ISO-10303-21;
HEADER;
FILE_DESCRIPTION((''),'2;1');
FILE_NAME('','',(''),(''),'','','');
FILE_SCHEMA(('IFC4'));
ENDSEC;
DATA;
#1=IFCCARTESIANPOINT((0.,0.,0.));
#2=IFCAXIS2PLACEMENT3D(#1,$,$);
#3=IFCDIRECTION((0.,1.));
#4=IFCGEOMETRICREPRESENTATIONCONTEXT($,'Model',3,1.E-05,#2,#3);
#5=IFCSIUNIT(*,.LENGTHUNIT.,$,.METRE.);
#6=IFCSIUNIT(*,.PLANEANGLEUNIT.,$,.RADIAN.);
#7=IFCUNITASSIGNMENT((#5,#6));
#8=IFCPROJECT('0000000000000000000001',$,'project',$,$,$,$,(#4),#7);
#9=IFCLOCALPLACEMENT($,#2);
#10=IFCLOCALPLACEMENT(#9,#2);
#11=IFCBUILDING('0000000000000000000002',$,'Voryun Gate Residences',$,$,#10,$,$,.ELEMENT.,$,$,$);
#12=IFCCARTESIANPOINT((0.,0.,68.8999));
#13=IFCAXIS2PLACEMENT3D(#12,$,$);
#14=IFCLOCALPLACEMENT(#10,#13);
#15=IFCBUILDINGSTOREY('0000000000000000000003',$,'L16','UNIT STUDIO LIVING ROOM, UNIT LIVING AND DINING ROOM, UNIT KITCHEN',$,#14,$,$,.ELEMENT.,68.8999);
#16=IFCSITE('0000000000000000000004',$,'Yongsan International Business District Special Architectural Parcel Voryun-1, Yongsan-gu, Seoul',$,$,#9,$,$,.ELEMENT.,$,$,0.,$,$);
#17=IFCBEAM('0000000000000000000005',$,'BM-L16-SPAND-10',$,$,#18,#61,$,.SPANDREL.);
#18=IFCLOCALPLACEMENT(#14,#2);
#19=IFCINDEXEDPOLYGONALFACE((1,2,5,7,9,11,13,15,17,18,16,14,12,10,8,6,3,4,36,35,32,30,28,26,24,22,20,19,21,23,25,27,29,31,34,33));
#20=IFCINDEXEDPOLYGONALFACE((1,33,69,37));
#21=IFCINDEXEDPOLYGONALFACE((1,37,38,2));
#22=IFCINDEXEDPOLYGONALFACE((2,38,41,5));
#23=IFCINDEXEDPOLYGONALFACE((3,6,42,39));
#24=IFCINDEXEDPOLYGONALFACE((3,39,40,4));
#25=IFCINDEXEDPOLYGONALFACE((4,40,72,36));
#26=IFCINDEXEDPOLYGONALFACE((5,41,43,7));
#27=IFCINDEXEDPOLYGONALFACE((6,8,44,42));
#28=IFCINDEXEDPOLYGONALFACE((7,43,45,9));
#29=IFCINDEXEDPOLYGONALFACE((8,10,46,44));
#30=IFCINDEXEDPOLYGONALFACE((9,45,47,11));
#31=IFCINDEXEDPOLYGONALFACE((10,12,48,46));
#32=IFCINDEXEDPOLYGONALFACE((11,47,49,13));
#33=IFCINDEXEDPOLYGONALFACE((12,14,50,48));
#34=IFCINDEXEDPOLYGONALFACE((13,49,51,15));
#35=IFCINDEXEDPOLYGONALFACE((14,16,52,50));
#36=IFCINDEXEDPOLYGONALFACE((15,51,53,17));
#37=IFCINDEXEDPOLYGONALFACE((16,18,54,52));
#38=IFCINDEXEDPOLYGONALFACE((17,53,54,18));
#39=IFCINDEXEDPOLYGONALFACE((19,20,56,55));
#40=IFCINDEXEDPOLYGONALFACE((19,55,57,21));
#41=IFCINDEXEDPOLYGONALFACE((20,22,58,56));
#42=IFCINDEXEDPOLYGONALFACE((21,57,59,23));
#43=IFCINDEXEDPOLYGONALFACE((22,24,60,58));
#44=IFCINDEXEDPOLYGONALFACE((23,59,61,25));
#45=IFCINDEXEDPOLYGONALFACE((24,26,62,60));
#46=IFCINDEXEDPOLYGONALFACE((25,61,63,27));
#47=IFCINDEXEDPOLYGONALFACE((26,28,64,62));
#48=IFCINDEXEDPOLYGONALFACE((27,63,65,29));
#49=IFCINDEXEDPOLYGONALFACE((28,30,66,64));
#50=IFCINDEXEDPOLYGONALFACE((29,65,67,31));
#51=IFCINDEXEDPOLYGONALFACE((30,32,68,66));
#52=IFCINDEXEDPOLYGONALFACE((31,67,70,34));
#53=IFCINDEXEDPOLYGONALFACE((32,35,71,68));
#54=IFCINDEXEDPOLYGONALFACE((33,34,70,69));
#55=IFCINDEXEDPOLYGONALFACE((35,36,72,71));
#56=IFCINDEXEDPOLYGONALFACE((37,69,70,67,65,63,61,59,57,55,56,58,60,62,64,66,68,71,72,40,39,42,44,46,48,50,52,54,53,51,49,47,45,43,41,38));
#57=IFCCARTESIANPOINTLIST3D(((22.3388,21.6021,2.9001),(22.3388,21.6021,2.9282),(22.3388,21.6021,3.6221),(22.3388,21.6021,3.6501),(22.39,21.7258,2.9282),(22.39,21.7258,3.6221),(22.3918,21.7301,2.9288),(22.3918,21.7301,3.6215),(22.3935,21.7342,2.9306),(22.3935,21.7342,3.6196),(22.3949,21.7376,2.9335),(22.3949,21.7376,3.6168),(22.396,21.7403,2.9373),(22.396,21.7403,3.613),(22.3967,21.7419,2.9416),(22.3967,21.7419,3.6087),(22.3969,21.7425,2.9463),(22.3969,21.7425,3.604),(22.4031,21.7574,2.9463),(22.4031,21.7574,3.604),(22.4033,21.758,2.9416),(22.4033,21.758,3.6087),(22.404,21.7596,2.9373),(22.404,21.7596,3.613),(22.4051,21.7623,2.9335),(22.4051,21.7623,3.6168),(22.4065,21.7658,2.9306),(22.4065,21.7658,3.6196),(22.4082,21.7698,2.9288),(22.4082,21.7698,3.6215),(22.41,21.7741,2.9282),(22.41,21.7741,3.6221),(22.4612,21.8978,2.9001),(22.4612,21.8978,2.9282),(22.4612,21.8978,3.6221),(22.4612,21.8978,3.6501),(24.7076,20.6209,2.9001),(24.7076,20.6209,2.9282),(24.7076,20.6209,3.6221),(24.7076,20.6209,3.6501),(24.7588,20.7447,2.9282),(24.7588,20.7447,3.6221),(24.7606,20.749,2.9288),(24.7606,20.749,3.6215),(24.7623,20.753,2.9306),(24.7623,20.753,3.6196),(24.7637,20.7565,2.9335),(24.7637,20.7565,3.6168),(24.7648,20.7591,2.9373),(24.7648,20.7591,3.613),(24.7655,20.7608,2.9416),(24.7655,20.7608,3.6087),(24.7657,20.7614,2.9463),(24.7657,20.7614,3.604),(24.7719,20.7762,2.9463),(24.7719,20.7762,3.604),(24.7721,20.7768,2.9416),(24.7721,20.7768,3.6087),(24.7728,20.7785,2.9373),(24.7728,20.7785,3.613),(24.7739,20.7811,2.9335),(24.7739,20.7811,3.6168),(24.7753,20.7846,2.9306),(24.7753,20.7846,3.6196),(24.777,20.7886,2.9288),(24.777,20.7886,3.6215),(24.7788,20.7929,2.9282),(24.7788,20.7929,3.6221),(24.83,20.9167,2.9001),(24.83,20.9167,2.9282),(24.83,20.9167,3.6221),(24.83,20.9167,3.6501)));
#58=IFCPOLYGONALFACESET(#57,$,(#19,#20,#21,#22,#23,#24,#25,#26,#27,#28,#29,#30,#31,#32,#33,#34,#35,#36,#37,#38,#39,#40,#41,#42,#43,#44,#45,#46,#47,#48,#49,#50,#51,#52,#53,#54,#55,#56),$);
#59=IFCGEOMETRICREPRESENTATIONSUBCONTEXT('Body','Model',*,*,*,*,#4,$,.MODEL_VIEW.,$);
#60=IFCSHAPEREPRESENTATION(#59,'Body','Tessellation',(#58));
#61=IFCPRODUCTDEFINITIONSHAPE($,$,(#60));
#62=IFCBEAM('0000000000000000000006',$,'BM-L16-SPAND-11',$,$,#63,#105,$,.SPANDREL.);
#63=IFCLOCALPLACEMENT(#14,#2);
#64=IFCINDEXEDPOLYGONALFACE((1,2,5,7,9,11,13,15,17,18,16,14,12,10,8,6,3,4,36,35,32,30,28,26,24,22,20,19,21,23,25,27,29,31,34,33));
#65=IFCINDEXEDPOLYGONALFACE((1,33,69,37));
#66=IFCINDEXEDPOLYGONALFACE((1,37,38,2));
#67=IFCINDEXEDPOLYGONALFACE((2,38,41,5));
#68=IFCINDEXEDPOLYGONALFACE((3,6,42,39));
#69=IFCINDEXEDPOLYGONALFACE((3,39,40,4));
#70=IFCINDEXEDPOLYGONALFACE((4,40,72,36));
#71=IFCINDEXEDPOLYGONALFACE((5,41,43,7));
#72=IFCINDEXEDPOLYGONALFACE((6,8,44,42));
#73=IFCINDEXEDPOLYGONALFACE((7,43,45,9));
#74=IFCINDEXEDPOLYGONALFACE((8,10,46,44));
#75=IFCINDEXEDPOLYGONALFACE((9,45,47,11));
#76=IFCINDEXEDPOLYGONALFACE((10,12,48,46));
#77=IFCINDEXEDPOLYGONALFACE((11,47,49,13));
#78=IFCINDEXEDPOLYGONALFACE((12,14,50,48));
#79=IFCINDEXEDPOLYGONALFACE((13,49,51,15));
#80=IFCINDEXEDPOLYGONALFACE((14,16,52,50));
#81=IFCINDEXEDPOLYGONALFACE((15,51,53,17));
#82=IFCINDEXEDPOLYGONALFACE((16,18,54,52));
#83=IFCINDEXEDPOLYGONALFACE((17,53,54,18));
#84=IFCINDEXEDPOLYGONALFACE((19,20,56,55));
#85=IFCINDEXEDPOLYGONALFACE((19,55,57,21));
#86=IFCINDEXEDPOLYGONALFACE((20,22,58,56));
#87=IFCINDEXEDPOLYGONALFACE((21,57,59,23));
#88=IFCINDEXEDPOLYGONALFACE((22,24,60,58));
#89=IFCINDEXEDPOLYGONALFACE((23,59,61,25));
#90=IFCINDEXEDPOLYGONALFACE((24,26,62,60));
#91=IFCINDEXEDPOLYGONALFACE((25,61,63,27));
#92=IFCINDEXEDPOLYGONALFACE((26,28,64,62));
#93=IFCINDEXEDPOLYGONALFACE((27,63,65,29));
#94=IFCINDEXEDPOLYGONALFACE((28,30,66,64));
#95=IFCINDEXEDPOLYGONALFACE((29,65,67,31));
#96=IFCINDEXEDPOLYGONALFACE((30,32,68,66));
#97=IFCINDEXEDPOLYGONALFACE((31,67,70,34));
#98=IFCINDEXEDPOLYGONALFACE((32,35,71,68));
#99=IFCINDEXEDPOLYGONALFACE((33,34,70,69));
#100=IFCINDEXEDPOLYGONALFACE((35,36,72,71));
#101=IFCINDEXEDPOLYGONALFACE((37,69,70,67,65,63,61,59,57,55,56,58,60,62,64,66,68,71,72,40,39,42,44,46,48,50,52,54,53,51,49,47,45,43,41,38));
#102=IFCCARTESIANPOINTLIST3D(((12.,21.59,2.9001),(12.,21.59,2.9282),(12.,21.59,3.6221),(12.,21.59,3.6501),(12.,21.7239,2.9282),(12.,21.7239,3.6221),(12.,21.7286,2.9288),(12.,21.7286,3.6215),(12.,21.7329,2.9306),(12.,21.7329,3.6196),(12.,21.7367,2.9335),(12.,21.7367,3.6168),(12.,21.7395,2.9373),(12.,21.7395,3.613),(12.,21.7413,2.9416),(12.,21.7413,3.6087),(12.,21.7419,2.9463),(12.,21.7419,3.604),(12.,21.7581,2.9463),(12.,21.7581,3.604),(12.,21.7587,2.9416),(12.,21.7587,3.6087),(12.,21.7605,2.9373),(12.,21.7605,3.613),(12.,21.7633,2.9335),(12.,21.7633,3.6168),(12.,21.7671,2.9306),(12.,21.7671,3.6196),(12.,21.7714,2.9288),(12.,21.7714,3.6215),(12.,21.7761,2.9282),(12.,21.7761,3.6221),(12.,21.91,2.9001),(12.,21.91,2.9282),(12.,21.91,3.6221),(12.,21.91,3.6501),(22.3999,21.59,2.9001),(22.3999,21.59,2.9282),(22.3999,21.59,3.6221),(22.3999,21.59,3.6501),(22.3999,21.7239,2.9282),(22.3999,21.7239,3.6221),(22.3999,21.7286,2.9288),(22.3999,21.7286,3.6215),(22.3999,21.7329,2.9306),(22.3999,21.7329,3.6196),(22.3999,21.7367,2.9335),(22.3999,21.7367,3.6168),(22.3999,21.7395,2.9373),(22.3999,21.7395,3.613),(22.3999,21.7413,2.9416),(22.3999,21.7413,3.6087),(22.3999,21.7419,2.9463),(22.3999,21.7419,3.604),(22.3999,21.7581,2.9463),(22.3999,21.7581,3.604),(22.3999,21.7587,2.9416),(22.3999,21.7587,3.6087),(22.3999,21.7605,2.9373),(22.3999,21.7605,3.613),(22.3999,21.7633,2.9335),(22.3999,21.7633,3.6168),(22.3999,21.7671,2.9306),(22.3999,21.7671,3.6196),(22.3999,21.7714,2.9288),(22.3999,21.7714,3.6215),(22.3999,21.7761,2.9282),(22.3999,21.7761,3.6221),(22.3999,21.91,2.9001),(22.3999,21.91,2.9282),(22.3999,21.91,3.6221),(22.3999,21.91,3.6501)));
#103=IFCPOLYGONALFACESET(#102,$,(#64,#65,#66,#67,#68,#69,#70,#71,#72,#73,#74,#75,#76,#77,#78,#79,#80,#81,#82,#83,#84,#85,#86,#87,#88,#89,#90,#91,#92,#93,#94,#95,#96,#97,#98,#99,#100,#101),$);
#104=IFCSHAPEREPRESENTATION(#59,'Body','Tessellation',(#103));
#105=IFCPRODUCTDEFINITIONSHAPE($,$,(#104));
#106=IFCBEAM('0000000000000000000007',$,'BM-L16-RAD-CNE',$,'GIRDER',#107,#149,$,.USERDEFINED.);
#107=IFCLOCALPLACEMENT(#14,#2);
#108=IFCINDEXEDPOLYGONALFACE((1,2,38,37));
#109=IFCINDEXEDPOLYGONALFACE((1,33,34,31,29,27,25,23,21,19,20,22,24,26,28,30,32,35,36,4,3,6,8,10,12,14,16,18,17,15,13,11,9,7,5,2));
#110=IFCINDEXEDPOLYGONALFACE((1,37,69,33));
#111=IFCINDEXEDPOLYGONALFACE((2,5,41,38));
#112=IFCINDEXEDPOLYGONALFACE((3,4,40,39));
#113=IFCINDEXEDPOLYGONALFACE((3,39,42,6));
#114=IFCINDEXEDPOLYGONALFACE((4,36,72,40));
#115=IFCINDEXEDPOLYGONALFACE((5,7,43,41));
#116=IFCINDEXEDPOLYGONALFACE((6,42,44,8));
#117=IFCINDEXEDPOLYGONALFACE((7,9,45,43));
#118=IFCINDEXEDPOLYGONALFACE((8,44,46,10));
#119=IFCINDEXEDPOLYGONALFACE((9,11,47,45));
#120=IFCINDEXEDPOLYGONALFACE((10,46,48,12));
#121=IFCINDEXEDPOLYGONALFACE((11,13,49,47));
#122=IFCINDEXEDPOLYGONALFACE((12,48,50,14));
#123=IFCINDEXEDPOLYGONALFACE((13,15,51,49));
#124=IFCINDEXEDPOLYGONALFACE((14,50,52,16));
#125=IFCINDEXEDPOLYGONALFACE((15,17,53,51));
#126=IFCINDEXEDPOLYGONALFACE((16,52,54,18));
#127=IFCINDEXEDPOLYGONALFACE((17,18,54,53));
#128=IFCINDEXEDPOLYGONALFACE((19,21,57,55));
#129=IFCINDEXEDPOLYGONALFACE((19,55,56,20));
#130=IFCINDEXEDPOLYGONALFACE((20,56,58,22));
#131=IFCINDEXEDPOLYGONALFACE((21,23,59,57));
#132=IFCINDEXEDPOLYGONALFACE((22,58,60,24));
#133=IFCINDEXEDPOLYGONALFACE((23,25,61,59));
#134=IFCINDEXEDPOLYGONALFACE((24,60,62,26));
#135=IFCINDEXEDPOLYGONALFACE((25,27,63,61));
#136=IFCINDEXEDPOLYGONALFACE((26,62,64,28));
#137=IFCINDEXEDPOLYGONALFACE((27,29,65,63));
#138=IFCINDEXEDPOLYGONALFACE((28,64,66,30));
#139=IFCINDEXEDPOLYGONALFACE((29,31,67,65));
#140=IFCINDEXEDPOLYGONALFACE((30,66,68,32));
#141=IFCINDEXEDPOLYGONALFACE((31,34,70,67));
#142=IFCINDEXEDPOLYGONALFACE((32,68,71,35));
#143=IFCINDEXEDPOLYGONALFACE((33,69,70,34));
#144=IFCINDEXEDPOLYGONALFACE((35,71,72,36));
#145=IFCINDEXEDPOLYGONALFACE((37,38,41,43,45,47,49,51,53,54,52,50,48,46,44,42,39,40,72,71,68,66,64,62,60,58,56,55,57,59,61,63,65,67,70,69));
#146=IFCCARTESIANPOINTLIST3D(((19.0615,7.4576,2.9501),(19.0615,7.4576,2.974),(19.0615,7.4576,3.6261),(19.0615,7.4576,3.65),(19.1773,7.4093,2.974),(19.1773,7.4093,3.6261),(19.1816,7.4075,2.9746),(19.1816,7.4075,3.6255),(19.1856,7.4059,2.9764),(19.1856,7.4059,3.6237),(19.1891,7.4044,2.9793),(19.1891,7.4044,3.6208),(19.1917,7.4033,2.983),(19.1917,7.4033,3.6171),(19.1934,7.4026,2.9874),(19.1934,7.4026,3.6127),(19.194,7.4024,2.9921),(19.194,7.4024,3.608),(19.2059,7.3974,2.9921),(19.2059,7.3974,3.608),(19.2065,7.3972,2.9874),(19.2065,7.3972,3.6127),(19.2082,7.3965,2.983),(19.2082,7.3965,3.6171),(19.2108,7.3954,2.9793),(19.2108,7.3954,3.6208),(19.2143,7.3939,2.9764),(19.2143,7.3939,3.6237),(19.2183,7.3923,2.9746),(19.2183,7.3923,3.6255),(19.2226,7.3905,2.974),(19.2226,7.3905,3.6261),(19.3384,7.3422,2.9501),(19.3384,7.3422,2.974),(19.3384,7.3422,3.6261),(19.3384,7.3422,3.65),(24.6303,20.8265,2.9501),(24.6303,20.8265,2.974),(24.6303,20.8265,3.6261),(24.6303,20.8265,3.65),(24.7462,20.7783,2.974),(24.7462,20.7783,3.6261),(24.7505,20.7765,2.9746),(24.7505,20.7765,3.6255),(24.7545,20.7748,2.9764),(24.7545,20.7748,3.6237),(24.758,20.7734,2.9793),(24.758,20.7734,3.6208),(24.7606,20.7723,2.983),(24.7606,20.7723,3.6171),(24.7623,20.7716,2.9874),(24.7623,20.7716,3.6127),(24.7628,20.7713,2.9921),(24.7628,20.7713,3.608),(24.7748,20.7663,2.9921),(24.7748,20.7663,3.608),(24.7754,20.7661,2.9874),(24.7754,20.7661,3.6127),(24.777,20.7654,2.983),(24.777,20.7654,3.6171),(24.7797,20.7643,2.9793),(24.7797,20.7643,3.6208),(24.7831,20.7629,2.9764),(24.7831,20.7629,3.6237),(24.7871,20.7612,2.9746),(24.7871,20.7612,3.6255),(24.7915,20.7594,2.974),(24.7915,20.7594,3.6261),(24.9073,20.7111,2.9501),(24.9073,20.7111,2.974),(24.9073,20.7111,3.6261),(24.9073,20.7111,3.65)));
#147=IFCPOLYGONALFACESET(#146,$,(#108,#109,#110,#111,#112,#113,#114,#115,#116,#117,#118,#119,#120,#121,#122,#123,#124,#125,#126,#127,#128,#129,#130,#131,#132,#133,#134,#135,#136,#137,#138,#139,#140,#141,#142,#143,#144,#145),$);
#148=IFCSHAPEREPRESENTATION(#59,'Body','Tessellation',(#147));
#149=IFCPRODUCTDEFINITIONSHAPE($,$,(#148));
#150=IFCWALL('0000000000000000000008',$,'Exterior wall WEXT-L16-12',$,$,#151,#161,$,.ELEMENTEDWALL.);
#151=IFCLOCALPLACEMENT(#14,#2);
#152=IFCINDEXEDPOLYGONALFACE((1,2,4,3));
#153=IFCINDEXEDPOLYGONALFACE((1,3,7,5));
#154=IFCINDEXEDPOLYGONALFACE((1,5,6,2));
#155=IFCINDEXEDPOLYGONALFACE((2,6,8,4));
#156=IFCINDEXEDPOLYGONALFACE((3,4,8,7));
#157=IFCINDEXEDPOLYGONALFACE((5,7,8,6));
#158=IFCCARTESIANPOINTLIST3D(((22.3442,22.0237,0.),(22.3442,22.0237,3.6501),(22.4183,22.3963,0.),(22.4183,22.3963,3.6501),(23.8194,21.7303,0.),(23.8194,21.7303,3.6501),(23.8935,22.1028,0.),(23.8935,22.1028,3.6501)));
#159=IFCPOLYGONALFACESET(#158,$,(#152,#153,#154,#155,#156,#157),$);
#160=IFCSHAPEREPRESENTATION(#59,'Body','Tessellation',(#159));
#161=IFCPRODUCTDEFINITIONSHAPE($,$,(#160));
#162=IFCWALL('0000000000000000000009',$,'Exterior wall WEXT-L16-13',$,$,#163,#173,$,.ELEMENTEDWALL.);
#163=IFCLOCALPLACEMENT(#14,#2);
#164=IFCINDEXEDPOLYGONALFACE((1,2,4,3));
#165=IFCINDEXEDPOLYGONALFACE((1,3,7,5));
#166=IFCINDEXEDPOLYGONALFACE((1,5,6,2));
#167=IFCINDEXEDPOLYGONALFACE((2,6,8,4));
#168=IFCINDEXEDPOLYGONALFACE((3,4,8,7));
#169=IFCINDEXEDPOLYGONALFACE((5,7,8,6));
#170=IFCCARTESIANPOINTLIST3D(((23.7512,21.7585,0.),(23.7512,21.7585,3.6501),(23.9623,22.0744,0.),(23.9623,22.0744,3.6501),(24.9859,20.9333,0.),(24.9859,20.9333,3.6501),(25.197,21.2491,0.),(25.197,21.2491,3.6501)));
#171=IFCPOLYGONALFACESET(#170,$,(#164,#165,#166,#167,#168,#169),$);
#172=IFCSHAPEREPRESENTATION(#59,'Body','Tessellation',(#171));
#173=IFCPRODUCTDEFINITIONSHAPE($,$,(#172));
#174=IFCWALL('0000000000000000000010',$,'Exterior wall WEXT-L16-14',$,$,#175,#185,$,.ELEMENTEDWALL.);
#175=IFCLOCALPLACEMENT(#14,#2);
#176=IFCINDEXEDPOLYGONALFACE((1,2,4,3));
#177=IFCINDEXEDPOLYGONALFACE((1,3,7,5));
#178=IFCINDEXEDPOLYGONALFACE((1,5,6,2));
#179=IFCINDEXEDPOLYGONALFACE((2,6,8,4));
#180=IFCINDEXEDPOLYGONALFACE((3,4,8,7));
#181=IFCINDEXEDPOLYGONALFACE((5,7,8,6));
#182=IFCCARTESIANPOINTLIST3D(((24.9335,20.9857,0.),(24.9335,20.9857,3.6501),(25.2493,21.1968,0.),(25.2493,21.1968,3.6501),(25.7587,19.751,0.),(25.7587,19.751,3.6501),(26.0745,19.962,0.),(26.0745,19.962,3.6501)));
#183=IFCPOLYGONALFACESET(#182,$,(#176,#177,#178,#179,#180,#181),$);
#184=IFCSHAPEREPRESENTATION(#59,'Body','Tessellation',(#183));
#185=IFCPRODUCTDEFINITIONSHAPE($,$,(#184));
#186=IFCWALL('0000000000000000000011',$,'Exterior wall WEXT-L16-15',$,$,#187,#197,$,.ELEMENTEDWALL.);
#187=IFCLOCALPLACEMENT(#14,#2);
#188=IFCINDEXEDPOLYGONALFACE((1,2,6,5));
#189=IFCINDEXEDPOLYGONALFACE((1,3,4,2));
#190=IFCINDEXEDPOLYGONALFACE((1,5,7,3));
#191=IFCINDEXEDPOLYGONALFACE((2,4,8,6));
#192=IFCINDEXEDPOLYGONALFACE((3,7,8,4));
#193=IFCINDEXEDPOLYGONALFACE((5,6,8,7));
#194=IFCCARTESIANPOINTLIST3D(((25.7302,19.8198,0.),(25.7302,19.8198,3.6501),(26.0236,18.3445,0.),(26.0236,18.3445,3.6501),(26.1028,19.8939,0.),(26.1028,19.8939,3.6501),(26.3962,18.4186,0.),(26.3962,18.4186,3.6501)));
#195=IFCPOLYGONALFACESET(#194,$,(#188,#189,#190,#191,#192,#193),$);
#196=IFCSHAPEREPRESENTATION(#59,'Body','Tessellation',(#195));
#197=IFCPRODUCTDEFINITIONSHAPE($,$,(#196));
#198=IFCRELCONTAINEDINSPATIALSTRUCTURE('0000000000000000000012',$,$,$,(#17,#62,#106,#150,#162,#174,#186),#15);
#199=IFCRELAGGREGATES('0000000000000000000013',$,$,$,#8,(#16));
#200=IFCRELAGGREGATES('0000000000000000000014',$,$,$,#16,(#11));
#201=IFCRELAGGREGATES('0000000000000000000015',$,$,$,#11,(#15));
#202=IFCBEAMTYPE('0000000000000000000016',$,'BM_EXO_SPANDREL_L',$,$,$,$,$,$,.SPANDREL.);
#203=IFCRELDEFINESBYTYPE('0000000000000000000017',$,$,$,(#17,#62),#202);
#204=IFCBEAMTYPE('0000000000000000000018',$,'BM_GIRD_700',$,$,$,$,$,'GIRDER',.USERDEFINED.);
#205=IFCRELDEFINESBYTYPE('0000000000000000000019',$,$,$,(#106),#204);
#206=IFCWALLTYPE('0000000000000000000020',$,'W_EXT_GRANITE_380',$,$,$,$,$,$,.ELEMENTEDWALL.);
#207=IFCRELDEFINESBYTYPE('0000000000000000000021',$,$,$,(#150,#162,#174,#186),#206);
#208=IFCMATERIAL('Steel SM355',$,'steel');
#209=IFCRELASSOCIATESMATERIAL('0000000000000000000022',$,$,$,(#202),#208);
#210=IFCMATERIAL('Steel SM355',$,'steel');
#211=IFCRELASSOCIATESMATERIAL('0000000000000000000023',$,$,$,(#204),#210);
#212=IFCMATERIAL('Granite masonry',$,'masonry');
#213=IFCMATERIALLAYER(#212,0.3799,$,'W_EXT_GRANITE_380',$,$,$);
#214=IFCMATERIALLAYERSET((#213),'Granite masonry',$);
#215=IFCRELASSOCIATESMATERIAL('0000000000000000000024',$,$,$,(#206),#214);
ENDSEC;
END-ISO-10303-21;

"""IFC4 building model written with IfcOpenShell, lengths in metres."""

from ifc_helpers import new_model, si_unit, direction, frame, frame_2d, origin, origin_2d, place, context, subcontext, project, spatial, rectangle, i_section, extrude, material, layer, layer_set, material_profile, profile_set, type_object, element, save


model = new_model("IFC4")

# Units and contexts
model_context = context("Model", 3, precision=1e-05, world=origin(), true_north=direction((0.0, 1.0)))
body_context = subcontext(model_context, "Body", "Model", "MODEL_VIEW")
ifc_project = project(units=[si_unit("LENGTHUNIT", "METRE"), si_unit("PLANEANGLEUNIT", "RADIAN")], contexts=[model_context])

# Site, building, storey
site_placement = place(None, origin())
site = spatial("IfcSite", under=ifc_project, at=site_placement, Name="Yongsan International Business District Special Architectural Parcel Voryun-1, Yongsan-gu, Seoul", CompositionType="ELEMENT", RefElevation=0.0)
building_placement = place(site_placement, origin())
building = spatial("IfcBuilding", under=site, at=building_placement, Name="Voryun Gate Residences", CompositionType="ELEMENT")
storey_placement = place(building_placement, frame((0.0, 0.0, 68.8999)))
storey = spatial("IfcBuildingStorey", under=building, at=storey_placement, Name="L16", Description="UNIT STUDIO LIVING ROOM, UNIT LIVING AND DINING ROOM, UNIT KITCHEN", CompositionType="ELEMENT", Elevation=68.8999)

# Beams
ifc_material_1 = material(Name="Steel SM355", Category="steel")
ifc_material_profile_1 = material_profile(ifc_material_1, i_section(OverallWidth=0.3201, OverallDepth=0.75, WebThickness=0.0161, FlangeThickness=0.0281, FilletRadius=0.0181, at=origin_2d()), Name="H-750x320x16x28")
ifc_profile_set_1 = profile_set([ifc_material_profile_1], Name="Steel SM355")
beam_type_1 = type_object("IfcBeamType", Name="BM_EXO_SPANDREL_L", PredefinedType="SPANDREL", material=ifc_profile_set_1)
beam_1_placement = place(storey_placement, frame((24.7688, 20.7688, 3.2751), z_axis=(-0.923883, 0.382674, 0.0), x_axis=(-0.382674, -0.923883, 0.0)))
element("IfcBeam", 1, at=beam_1_placement, inside=storey, type_object=beam_type_1, Name="BM-L16-SPAND-10", PredefinedType="SPANDREL", context=body_context, shape_type="SweptSolid", body=[
    extrude(i_section(OverallWidth=0.3201, OverallDepth=0.75, WebThickness=0.0161, FlangeThickness=0.0281, FilletRadius=0.0181, at=origin_2d()), origin(), (0.0, 0.0, 1.0), 2.564),
])
beam_2_placement = place(storey_placement, frame((22.3999, 21.75, 3.2751), z_axis=(-1.0, 0.0, 0.0), x_axis=(0.0, -1.0, 0.0)))
element("IfcBeam", 2, at=beam_2_placement, inside=storey, type_object=beam_type_1, Name="BM-L16-SPAND-11", PredefinedType="SPANDREL", context=body_context, shape_type="SweptSolid", body=[
    extrude(i_section(OverallWidth=0.3201, OverallDepth=0.75, WebThickness=0.0161, FlangeThickness=0.0281, FilletRadius=0.0181, at=origin_2d()), origin(), (0.0, 0.0, 1.0), 10.3999),
])
ifc_material_2 = material(Name="Steel SM355", Category="steel")
ifc_material_profile_2 = material_profile(ifc_material_2, i_section(OverallWidth=0.3, OverallDepth=0.7, WebThickness=0.0129, FlangeThickness=0.0239, FilletRadius=0.0181, at=origin_2d()), Name="H-700x300x13x24")
ifc_profile_set_2 = profile_set([ifc_material_profile_2], Name="Steel SM355")
beam_type_2 = type_object("IfcBeamType", Name="BM_GIRD_700", ElementType="GIRDER", PredefinedType="USERDEFINED", material=ifc_profile_set_2)
beam_3_placement = place(storey_placement, frame((19.2, 7.3999, 3.3), z_axis=(0.384526, 0.923114, 0.0), x_axis=(-0.923114, 0.384526, 0.0)))
element("IfcBeam", 3, at=beam_3_placement, inside=storey, type_object=beam_type_2, Name="BM-L16-RAD-CNE", ObjectType="GIRDER", PredefinedType="USERDEFINED", context=body_context, shape_type="SweptSolid", body=[
    extrude(i_section(OverallWidth=0.3, OverallDepth=0.7, WebThickness=0.0129, FlangeThickness=0.0239, FilletRadius=0.0181, at=origin_2d()), origin(), (0.0, 0.0, 1.0), 14.4824),
])

# Walls
ifc_material_3 = material(Name="Granite masonry", Category="masonry")
ifc_layer_1 = layer(ifc_material_3, 0.3799, Name="W_EXT_GRANITE_380")
ifc_layer_set_1 = layer_set([ifc_layer_1], Name="Granite masonry")
wall_type_1 = type_object("IfcWallType", Name="W_EXT_GRANITE_380", PredefinedType="ELEMENTEDWALL", material=ifc_layer_set_1)
wall_1_placement = place(storey_placement, frame((22.3813, 22.21, 0.0), z_axis=(0.0, 0.0, 1.0), x_axis=(0.980786, -0.195086, 0.0)))
element("IfcWall", 4, at=wall_1_placement, inside=storey, type_object=wall_type_1, Name="Exterior wall WEXT-L16-12", PredefinedType="ELEMENTEDWALL", context=body_context, shape_type="SweptSolid", body=[
    extrude(rectangle(XDim=1.5042, YDim=0.3799, at=frame_2d((0.752, 0.0))), origin(), (0.0, 0.0, 1.0), 3.6501),
])
for number, where, z_axis, x_axis, name in (
    (5, (23.8567, 21.9165, 0.0), (0.0, 0.0, 1.0), (0.831392, -0.555686, 0.0), "Exterior wall WEXT-L16-13"),
    (6, (25.0913, 21.0913, 0.0), (0.0, 0.0, 1.0), (0.555686, -0.831392, 0.0), "Exterior wall WEXT-L16-14"),
):
    element("IfcWall", number, at=place(storey_placement, frame(where, z_axis=z_axis, x_axis=x_axis)), inside=storey, type_object=wall_type_1, Name=name, PredefinedType="ELEMENTEDWALL", context=body_context, shape_type="SweptSolid", body=[
        extrude(rectangle(XDim=1.4851, YDim=0.3799, at=frame_2d((0.7427, 0.0))), origin(), (0.0, 0.0, 1.0), 3.6501),
    ])
wall_2_placement = place(storey_placement, frame((25.9165, 19.8567, 0.0), z_axis=(0.0, 0.0, 1.0), x_axis=(0.195086, -0.980786, 0.0)))
element("IfcWall", 7, at=wall_2_placement, inside=storey, type_object=wall_type_1, Name="Exterior wall WEXT-L16-15", PredefinedType="ELEMENTEDWALL", context=body_context, shape_type="SweptSolid", body=[
    extrude(rectangle(XDim=1.5042, YDim=0.3799, at=frame_2d((0.752, 0.0))), origin(), (0.0, 0.0, 1.0), 3.6501),
])

save(model, "model.ifc")
